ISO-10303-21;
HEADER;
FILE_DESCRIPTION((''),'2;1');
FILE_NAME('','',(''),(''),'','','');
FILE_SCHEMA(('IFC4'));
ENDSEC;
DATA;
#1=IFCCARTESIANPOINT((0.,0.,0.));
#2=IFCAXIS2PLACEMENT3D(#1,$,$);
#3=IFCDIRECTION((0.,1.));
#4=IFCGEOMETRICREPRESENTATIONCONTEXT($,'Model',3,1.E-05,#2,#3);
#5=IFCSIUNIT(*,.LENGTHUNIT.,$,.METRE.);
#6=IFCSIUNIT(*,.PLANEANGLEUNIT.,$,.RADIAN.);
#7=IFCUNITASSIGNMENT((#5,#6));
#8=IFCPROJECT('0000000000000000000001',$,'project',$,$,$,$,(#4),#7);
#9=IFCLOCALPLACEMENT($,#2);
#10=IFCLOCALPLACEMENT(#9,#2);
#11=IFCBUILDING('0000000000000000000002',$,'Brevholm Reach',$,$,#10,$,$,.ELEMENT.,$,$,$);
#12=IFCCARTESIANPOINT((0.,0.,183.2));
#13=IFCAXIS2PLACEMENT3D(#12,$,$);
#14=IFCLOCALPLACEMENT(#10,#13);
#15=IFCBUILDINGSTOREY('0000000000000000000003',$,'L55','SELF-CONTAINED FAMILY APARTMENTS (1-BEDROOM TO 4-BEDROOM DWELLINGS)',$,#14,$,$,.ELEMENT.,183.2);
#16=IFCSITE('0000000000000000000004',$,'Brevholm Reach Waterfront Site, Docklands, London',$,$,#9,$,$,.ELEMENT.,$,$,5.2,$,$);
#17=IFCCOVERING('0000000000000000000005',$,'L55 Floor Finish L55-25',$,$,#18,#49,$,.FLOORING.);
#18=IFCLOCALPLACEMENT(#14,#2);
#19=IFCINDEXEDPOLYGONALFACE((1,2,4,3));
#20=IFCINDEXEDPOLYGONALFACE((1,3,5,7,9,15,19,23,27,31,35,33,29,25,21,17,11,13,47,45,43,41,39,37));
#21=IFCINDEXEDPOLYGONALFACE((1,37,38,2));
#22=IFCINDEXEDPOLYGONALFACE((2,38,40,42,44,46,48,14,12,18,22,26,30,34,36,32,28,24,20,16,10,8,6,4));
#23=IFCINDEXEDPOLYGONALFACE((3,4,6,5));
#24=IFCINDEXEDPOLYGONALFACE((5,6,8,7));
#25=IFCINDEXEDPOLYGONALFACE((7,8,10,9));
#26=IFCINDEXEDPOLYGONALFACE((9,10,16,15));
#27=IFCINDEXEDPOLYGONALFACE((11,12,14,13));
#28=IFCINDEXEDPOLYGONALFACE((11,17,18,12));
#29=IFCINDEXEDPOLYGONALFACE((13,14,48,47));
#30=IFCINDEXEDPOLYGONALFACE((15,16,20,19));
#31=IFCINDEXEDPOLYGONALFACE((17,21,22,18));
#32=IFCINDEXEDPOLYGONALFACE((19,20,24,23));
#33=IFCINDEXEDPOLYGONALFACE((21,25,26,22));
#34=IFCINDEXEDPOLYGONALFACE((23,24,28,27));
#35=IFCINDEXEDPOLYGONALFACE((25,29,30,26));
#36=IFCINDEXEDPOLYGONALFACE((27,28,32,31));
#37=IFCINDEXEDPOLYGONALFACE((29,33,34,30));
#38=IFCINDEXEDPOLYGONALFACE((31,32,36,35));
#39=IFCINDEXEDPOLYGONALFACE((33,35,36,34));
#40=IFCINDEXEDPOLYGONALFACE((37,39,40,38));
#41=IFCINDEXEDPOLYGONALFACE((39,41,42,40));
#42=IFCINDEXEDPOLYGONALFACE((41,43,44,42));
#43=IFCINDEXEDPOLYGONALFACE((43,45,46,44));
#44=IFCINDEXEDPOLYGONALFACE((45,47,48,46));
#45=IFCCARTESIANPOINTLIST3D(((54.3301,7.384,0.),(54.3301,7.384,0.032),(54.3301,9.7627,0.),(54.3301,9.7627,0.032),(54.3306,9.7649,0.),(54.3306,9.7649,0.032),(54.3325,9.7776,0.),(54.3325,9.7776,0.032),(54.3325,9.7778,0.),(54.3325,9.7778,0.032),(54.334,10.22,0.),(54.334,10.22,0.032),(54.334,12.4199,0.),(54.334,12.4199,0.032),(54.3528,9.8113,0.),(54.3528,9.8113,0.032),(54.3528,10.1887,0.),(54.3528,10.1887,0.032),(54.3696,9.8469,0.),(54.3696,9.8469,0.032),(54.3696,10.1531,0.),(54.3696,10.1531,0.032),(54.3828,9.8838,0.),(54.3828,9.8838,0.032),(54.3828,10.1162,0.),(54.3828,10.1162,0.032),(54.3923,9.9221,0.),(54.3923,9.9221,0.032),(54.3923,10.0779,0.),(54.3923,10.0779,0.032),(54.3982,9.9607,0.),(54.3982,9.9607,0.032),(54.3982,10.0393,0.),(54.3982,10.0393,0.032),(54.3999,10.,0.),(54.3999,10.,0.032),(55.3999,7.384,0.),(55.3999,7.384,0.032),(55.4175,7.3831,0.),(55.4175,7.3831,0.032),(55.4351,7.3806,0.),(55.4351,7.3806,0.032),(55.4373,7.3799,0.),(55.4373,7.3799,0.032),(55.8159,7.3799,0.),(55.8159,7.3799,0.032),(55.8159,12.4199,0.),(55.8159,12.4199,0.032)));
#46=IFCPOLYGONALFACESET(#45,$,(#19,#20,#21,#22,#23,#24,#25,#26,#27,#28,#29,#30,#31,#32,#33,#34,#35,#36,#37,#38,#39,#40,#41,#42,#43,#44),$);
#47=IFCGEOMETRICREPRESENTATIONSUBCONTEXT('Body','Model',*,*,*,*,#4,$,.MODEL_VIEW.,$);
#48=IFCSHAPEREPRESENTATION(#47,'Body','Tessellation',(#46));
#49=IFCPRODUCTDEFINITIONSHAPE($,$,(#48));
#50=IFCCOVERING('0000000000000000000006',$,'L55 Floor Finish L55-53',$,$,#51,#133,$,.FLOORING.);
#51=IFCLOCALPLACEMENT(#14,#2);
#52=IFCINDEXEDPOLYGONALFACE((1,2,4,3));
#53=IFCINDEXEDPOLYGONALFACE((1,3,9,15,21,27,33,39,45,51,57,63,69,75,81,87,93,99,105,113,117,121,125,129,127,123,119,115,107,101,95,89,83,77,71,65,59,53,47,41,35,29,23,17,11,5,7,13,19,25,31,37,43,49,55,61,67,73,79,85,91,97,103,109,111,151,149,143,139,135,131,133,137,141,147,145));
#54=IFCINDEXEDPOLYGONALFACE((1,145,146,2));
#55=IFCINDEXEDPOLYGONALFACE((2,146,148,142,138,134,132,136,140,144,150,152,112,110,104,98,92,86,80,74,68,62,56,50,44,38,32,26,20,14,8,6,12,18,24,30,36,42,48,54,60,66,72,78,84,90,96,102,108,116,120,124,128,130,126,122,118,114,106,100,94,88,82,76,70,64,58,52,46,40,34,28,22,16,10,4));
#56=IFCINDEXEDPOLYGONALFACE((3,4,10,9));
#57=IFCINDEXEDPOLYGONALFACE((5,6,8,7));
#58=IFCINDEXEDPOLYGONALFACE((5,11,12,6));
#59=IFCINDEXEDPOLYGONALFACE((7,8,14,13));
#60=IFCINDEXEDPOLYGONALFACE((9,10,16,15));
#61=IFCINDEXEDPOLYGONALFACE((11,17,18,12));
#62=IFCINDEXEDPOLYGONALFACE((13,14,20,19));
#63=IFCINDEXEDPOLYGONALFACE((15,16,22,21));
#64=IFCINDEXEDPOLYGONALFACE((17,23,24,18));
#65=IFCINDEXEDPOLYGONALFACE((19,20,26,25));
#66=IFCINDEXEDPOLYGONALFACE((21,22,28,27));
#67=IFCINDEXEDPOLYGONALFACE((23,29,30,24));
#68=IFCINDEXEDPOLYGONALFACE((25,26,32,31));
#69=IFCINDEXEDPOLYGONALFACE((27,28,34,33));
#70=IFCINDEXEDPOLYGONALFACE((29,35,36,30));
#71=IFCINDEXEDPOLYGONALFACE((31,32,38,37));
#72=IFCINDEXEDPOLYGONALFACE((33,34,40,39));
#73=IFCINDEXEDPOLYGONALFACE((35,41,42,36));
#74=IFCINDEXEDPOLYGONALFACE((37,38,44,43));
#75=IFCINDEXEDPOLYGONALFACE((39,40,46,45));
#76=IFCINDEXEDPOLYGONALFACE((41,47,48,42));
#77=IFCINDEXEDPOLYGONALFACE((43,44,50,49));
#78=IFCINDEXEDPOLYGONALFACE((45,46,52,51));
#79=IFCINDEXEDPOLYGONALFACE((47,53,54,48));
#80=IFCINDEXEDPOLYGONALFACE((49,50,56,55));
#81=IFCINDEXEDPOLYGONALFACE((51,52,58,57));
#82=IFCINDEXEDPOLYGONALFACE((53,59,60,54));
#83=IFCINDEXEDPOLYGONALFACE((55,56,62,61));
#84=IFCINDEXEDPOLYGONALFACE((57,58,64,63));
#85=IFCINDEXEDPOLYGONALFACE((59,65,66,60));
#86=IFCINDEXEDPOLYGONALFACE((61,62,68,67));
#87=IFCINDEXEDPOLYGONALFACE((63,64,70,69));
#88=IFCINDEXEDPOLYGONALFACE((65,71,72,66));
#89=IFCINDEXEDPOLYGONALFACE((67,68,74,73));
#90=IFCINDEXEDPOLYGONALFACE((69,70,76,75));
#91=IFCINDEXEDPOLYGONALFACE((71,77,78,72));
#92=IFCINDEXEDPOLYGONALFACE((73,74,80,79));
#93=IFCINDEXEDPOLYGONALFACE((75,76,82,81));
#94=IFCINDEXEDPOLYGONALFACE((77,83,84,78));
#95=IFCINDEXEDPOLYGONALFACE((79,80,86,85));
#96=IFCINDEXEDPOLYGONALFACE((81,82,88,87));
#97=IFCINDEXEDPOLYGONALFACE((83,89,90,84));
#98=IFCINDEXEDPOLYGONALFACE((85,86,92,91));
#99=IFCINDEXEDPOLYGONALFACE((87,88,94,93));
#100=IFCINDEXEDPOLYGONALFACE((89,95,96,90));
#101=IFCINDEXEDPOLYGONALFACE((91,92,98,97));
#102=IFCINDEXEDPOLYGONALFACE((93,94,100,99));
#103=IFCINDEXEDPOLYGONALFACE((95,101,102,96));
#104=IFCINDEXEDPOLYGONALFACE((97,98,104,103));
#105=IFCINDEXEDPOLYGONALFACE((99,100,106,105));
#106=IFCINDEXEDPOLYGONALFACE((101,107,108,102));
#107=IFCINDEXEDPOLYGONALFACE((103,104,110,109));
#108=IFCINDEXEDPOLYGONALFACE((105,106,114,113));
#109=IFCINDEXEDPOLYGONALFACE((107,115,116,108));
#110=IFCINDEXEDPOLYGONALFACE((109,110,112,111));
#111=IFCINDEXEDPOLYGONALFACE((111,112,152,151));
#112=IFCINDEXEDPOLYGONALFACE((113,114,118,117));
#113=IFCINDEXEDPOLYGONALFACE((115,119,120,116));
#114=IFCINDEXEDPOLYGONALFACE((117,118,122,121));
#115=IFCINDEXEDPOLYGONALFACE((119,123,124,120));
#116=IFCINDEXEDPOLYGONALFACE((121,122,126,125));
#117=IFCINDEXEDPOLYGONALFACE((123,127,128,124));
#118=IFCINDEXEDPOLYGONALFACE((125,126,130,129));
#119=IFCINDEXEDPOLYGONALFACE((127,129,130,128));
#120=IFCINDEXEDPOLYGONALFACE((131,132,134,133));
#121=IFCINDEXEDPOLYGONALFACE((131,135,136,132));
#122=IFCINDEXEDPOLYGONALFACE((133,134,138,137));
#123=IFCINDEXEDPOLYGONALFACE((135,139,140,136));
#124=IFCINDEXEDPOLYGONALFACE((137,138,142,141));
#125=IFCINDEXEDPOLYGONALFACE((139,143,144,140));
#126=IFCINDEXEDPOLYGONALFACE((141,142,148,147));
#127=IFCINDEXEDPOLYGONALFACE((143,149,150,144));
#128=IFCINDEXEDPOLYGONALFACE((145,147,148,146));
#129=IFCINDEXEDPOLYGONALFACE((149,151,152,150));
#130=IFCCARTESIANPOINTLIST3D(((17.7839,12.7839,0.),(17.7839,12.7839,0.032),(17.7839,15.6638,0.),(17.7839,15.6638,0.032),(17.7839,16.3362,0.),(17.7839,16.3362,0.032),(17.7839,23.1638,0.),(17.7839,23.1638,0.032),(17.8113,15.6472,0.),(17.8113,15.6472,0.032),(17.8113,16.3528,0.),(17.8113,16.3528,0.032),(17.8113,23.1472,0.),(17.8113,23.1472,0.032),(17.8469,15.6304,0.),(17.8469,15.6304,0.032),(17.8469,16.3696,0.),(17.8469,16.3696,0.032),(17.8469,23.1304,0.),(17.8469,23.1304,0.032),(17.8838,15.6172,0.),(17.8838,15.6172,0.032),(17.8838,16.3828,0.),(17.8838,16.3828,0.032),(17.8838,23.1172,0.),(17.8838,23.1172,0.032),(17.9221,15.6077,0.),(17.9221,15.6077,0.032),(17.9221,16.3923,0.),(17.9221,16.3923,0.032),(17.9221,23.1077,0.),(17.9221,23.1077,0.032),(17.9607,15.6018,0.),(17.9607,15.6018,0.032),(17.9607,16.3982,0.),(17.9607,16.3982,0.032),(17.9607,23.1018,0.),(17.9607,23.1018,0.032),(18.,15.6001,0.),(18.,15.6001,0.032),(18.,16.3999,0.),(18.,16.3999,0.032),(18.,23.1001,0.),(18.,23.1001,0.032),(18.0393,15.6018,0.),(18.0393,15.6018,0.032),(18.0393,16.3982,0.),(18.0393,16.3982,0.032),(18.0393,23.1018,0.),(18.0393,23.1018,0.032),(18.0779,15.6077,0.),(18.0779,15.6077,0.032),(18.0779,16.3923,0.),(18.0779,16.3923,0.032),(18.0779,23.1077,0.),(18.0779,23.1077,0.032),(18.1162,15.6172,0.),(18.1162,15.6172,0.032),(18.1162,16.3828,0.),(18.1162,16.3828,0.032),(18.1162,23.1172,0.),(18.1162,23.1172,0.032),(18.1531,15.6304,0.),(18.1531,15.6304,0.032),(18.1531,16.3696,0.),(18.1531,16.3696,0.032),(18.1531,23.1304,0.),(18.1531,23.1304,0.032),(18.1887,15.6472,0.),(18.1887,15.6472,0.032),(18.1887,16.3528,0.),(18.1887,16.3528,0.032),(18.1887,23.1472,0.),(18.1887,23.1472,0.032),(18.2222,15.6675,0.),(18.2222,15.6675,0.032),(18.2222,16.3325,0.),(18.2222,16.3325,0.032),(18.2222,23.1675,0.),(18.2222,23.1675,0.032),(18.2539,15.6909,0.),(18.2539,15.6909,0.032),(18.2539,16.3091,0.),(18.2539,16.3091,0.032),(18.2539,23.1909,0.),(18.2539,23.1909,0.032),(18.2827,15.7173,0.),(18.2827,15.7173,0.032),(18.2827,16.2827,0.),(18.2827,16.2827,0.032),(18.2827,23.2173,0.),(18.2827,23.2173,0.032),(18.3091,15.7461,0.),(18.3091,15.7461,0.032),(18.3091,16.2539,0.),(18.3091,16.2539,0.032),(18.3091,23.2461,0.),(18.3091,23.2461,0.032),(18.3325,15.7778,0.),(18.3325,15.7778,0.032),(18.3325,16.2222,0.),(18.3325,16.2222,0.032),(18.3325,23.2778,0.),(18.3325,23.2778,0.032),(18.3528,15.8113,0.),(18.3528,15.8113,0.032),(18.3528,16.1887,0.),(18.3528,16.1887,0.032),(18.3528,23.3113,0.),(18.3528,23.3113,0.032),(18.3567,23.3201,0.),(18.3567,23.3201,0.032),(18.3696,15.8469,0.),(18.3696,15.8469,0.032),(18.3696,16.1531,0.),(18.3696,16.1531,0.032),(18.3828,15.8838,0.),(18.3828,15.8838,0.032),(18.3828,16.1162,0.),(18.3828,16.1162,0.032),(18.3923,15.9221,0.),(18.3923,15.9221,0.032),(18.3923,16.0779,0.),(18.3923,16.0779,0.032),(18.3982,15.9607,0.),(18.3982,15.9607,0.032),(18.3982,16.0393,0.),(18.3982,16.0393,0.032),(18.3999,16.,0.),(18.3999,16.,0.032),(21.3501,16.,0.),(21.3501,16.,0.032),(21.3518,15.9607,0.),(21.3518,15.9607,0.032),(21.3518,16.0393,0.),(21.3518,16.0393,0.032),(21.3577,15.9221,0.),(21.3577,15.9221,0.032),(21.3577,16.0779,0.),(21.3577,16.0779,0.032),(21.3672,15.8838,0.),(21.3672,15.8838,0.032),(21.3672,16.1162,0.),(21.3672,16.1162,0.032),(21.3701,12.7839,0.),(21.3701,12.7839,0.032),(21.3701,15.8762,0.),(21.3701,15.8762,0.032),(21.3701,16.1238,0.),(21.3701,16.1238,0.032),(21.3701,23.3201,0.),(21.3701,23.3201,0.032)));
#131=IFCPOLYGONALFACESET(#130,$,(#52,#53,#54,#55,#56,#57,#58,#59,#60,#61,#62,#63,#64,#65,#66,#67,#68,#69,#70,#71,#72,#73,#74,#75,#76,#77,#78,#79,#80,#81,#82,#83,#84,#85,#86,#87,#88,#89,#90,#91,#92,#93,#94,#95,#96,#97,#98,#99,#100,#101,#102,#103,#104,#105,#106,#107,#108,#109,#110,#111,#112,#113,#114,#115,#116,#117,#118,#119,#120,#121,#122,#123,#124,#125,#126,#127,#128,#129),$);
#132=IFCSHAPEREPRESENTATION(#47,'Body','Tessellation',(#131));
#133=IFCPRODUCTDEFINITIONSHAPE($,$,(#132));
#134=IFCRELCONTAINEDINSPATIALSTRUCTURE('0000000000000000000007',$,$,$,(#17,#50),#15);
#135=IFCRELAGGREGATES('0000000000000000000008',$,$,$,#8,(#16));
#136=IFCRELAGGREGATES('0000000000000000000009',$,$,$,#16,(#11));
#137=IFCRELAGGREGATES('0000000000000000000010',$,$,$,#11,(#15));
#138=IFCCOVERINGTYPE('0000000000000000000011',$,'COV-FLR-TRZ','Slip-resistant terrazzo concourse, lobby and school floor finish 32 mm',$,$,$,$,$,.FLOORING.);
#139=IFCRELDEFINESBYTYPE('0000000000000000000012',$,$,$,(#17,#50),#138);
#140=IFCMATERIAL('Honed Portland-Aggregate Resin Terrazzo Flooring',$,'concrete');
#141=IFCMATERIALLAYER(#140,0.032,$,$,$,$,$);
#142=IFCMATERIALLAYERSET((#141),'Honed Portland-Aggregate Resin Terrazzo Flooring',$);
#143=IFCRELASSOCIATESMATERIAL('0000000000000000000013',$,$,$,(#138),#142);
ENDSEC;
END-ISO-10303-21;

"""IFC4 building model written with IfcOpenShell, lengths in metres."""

from ifc_helpers import new_model, si_unit, direction, frame, origin, place, context, subcontext, project, spatial, polyline, outline, extrude, material, layer, layer_set, type_object, element, save


model = new_model("IFC4")

# Units and contexts
model_context = context("Model", 3, precision=1e-05, world=origin(), true_north=direction((0.0, 1.0)))
body_context = subcontext(model_context, "Body", "Model", "MODEL_VIEW")
ifc_project = project(units=[si_unit("LENGTHUNIT", "METRE"), si_unit("PLANEANGLEUNIT", "RADIAN")], contexts=[model_context])

# Site, building, storey
site_placement = place(None, origin())
site = spatial("IfcSite", under=ifc_project, at=site_placement, Name="Brevholm Reach Waterfront Site, Docklands, London", CompositionType="ELEMENT", RefElevation=5.2)
building_placement = place(site_placement, origin())
building = spatial("IfcBuilding", under=site, at=building_placement, Name="Brevholm Reach", CompositionType="ELEMENT")
storey_placement = place(building_placement, frame((0.0, 0.0, 183.2)))
storey = spatial("IfcBuildingStorey", under=building, at=storey_placement, Name="L55", Description="SELF-CONTAINED FAMILY APARTMENTS (1-BEDROOM TO 4-BEDROOM DWELLINGS)", CompositionType="ELEMENT", Elevation=183.2)

# Coverings
ifc_material_1 = material(Name="Honed Portland-Aggregate Resin Terrazzo Flooring", Category="concrete")
ifc_layer_1 = layer(ifc_material_1, 0.032)
ifc_layer_set_1 = layer_set([ifc_layer_1], Name="Honed Portland-Aggregate Resin Terrazzo Flooring")
covering_type_1 = type_object("IfcCoveringType", Name="COV-FLR-TRZ", Description="Slip-resistant terrazzo concourse, lobby and school floor finish 32 mm", PredefinedType="FLOORING", material=ifc_layer_set_1)
covering_1_placement = place(storey_placement, origin())
element("IfcCovering", 1, at=covering_1_placement, inside=storey, type_object=covering_type_1, Name="L55 Floor Finish L55-25", PredefinedType="FLOORING", context=body_context, shape_type="SweptSolid", body=[
    extrude(outline(polyline([(54.3301, 9.7627), (54.3306, 9.7649), (54.3325, 9.7776), (54.3325, 9.7778), (54.3528, 9.8113), (54.3696, 9.8469), (54.3828, 9.8838), (54.3923, 9.9221), (54.3982, 9.9607), (54.3999, 10.0), (54.3982, 10.0393), (54.3923, 10.0779), (54.3828, 10.1162), (54.3696, 10.1531), (54.3528, 10.1887), (54.334, 10.22), (54.334, 12.4199), (55.8159, 12.4199), (55.8159, 7.3799), (55.4373, 7.3799), (55.4351, 7.3806), (55.4175, 7.3831), (55.3999, 7.384), (54.3301, 7.384), (54.3301, 9.7627)])), origin(), (0.0, 0.0, 1.0), 0.032),
])
covering_2_placement = place(storey_placement, origin())
element("IfcCovering", 2, at=covering_2_placement, inside=storey, type_object=covering_type_1, Name="L55 Floor Finish L55-53", PredefinedType="FLOORING", context=body_context, shape_type="SweptSolid", body=[
    extrude(outline(polyline([(21.3701, 23.3201), (21.3701, 16.1238), (21.3672, 16.1162), (21.3577, 16.0779), (21.3518, 16.0393), (21.3501, 16.0), (21.3518, 15.9607), (21.3577, 15.9221), (21.3672, 15.8838), (21.3701, 15.8762), (21.3701, 12.7839), (17.7839, 12.7839), (17.7839, 15.6638), (17.8113, 15.6472), (17.8469, 15.6304), (17.8838, 15.6172), (17.9221, 15.6077), (17.9607, 15.6018), (18.0, 15.6001), (18.0393, 15.6018), (18.0779, 15.6077), (18.1162, 15.6172), (18.1531, 15.6304), (18.1887, 15.6472), (18.2222, 15.6675), (18.2539, 15.6909), (18.2827, 15.7173), (18.3091, 15.7461), (18.3325, 15.7778), (18.3528, 15.8113), (18.3696, 15.8469), (18.3828, 15.8838), (18.3923, 15.9221), (18.3982, 15.9607), (18.3999, 16.0), (18.3982, 16.0393), (18.3923, 16.0779), (18.3828, 16.1162), (18.3696, 16.1531), (18.3528, 16.1887), (18.3325, 16.2222), (18.3091, 16.2539), (18.2827, 16.2827), (18.2539, 16.3091), (18.2222, 16.3325), (18.1887, 16.3528), (18.1531, 16.3696), (18.1162, 16.3828), (18.0779, 16.3923), (18.0393, 16.3982), (18.0, 16.3999), (17.9607, 16.3982), (17.9221, 16.3923), (17.8838, 16.3828), (17.8469, 16.3696), (17.8113, 16.3528), (17.7839, 16.3362), (17.7839, 23.1638), (17.8113, 23.1472), (17.8469, 23.1304), (17.8838, 23.1172), (17.9221, 23.1077), (17.9607, 23.1018), (18.0, 23.1001), (18.0393, 23.1018), (18.0779, 23.1077), (18.1162, 23.1172), (18.1531, 23.1304), (18.1887, 23.1472), (18.2222, 23.1675), (18.2539, 23.1909), (18.2827, 23.2173), (18.3091, 23.2461), (18.3325, 23.2778), (18.3528, 23.3113), (18.3567, 23.3201), (21.3701, 23.3201)])), origin(), (0.0, 0.0, 1.0), 0.032),
])

save(model, "model.ifc")
